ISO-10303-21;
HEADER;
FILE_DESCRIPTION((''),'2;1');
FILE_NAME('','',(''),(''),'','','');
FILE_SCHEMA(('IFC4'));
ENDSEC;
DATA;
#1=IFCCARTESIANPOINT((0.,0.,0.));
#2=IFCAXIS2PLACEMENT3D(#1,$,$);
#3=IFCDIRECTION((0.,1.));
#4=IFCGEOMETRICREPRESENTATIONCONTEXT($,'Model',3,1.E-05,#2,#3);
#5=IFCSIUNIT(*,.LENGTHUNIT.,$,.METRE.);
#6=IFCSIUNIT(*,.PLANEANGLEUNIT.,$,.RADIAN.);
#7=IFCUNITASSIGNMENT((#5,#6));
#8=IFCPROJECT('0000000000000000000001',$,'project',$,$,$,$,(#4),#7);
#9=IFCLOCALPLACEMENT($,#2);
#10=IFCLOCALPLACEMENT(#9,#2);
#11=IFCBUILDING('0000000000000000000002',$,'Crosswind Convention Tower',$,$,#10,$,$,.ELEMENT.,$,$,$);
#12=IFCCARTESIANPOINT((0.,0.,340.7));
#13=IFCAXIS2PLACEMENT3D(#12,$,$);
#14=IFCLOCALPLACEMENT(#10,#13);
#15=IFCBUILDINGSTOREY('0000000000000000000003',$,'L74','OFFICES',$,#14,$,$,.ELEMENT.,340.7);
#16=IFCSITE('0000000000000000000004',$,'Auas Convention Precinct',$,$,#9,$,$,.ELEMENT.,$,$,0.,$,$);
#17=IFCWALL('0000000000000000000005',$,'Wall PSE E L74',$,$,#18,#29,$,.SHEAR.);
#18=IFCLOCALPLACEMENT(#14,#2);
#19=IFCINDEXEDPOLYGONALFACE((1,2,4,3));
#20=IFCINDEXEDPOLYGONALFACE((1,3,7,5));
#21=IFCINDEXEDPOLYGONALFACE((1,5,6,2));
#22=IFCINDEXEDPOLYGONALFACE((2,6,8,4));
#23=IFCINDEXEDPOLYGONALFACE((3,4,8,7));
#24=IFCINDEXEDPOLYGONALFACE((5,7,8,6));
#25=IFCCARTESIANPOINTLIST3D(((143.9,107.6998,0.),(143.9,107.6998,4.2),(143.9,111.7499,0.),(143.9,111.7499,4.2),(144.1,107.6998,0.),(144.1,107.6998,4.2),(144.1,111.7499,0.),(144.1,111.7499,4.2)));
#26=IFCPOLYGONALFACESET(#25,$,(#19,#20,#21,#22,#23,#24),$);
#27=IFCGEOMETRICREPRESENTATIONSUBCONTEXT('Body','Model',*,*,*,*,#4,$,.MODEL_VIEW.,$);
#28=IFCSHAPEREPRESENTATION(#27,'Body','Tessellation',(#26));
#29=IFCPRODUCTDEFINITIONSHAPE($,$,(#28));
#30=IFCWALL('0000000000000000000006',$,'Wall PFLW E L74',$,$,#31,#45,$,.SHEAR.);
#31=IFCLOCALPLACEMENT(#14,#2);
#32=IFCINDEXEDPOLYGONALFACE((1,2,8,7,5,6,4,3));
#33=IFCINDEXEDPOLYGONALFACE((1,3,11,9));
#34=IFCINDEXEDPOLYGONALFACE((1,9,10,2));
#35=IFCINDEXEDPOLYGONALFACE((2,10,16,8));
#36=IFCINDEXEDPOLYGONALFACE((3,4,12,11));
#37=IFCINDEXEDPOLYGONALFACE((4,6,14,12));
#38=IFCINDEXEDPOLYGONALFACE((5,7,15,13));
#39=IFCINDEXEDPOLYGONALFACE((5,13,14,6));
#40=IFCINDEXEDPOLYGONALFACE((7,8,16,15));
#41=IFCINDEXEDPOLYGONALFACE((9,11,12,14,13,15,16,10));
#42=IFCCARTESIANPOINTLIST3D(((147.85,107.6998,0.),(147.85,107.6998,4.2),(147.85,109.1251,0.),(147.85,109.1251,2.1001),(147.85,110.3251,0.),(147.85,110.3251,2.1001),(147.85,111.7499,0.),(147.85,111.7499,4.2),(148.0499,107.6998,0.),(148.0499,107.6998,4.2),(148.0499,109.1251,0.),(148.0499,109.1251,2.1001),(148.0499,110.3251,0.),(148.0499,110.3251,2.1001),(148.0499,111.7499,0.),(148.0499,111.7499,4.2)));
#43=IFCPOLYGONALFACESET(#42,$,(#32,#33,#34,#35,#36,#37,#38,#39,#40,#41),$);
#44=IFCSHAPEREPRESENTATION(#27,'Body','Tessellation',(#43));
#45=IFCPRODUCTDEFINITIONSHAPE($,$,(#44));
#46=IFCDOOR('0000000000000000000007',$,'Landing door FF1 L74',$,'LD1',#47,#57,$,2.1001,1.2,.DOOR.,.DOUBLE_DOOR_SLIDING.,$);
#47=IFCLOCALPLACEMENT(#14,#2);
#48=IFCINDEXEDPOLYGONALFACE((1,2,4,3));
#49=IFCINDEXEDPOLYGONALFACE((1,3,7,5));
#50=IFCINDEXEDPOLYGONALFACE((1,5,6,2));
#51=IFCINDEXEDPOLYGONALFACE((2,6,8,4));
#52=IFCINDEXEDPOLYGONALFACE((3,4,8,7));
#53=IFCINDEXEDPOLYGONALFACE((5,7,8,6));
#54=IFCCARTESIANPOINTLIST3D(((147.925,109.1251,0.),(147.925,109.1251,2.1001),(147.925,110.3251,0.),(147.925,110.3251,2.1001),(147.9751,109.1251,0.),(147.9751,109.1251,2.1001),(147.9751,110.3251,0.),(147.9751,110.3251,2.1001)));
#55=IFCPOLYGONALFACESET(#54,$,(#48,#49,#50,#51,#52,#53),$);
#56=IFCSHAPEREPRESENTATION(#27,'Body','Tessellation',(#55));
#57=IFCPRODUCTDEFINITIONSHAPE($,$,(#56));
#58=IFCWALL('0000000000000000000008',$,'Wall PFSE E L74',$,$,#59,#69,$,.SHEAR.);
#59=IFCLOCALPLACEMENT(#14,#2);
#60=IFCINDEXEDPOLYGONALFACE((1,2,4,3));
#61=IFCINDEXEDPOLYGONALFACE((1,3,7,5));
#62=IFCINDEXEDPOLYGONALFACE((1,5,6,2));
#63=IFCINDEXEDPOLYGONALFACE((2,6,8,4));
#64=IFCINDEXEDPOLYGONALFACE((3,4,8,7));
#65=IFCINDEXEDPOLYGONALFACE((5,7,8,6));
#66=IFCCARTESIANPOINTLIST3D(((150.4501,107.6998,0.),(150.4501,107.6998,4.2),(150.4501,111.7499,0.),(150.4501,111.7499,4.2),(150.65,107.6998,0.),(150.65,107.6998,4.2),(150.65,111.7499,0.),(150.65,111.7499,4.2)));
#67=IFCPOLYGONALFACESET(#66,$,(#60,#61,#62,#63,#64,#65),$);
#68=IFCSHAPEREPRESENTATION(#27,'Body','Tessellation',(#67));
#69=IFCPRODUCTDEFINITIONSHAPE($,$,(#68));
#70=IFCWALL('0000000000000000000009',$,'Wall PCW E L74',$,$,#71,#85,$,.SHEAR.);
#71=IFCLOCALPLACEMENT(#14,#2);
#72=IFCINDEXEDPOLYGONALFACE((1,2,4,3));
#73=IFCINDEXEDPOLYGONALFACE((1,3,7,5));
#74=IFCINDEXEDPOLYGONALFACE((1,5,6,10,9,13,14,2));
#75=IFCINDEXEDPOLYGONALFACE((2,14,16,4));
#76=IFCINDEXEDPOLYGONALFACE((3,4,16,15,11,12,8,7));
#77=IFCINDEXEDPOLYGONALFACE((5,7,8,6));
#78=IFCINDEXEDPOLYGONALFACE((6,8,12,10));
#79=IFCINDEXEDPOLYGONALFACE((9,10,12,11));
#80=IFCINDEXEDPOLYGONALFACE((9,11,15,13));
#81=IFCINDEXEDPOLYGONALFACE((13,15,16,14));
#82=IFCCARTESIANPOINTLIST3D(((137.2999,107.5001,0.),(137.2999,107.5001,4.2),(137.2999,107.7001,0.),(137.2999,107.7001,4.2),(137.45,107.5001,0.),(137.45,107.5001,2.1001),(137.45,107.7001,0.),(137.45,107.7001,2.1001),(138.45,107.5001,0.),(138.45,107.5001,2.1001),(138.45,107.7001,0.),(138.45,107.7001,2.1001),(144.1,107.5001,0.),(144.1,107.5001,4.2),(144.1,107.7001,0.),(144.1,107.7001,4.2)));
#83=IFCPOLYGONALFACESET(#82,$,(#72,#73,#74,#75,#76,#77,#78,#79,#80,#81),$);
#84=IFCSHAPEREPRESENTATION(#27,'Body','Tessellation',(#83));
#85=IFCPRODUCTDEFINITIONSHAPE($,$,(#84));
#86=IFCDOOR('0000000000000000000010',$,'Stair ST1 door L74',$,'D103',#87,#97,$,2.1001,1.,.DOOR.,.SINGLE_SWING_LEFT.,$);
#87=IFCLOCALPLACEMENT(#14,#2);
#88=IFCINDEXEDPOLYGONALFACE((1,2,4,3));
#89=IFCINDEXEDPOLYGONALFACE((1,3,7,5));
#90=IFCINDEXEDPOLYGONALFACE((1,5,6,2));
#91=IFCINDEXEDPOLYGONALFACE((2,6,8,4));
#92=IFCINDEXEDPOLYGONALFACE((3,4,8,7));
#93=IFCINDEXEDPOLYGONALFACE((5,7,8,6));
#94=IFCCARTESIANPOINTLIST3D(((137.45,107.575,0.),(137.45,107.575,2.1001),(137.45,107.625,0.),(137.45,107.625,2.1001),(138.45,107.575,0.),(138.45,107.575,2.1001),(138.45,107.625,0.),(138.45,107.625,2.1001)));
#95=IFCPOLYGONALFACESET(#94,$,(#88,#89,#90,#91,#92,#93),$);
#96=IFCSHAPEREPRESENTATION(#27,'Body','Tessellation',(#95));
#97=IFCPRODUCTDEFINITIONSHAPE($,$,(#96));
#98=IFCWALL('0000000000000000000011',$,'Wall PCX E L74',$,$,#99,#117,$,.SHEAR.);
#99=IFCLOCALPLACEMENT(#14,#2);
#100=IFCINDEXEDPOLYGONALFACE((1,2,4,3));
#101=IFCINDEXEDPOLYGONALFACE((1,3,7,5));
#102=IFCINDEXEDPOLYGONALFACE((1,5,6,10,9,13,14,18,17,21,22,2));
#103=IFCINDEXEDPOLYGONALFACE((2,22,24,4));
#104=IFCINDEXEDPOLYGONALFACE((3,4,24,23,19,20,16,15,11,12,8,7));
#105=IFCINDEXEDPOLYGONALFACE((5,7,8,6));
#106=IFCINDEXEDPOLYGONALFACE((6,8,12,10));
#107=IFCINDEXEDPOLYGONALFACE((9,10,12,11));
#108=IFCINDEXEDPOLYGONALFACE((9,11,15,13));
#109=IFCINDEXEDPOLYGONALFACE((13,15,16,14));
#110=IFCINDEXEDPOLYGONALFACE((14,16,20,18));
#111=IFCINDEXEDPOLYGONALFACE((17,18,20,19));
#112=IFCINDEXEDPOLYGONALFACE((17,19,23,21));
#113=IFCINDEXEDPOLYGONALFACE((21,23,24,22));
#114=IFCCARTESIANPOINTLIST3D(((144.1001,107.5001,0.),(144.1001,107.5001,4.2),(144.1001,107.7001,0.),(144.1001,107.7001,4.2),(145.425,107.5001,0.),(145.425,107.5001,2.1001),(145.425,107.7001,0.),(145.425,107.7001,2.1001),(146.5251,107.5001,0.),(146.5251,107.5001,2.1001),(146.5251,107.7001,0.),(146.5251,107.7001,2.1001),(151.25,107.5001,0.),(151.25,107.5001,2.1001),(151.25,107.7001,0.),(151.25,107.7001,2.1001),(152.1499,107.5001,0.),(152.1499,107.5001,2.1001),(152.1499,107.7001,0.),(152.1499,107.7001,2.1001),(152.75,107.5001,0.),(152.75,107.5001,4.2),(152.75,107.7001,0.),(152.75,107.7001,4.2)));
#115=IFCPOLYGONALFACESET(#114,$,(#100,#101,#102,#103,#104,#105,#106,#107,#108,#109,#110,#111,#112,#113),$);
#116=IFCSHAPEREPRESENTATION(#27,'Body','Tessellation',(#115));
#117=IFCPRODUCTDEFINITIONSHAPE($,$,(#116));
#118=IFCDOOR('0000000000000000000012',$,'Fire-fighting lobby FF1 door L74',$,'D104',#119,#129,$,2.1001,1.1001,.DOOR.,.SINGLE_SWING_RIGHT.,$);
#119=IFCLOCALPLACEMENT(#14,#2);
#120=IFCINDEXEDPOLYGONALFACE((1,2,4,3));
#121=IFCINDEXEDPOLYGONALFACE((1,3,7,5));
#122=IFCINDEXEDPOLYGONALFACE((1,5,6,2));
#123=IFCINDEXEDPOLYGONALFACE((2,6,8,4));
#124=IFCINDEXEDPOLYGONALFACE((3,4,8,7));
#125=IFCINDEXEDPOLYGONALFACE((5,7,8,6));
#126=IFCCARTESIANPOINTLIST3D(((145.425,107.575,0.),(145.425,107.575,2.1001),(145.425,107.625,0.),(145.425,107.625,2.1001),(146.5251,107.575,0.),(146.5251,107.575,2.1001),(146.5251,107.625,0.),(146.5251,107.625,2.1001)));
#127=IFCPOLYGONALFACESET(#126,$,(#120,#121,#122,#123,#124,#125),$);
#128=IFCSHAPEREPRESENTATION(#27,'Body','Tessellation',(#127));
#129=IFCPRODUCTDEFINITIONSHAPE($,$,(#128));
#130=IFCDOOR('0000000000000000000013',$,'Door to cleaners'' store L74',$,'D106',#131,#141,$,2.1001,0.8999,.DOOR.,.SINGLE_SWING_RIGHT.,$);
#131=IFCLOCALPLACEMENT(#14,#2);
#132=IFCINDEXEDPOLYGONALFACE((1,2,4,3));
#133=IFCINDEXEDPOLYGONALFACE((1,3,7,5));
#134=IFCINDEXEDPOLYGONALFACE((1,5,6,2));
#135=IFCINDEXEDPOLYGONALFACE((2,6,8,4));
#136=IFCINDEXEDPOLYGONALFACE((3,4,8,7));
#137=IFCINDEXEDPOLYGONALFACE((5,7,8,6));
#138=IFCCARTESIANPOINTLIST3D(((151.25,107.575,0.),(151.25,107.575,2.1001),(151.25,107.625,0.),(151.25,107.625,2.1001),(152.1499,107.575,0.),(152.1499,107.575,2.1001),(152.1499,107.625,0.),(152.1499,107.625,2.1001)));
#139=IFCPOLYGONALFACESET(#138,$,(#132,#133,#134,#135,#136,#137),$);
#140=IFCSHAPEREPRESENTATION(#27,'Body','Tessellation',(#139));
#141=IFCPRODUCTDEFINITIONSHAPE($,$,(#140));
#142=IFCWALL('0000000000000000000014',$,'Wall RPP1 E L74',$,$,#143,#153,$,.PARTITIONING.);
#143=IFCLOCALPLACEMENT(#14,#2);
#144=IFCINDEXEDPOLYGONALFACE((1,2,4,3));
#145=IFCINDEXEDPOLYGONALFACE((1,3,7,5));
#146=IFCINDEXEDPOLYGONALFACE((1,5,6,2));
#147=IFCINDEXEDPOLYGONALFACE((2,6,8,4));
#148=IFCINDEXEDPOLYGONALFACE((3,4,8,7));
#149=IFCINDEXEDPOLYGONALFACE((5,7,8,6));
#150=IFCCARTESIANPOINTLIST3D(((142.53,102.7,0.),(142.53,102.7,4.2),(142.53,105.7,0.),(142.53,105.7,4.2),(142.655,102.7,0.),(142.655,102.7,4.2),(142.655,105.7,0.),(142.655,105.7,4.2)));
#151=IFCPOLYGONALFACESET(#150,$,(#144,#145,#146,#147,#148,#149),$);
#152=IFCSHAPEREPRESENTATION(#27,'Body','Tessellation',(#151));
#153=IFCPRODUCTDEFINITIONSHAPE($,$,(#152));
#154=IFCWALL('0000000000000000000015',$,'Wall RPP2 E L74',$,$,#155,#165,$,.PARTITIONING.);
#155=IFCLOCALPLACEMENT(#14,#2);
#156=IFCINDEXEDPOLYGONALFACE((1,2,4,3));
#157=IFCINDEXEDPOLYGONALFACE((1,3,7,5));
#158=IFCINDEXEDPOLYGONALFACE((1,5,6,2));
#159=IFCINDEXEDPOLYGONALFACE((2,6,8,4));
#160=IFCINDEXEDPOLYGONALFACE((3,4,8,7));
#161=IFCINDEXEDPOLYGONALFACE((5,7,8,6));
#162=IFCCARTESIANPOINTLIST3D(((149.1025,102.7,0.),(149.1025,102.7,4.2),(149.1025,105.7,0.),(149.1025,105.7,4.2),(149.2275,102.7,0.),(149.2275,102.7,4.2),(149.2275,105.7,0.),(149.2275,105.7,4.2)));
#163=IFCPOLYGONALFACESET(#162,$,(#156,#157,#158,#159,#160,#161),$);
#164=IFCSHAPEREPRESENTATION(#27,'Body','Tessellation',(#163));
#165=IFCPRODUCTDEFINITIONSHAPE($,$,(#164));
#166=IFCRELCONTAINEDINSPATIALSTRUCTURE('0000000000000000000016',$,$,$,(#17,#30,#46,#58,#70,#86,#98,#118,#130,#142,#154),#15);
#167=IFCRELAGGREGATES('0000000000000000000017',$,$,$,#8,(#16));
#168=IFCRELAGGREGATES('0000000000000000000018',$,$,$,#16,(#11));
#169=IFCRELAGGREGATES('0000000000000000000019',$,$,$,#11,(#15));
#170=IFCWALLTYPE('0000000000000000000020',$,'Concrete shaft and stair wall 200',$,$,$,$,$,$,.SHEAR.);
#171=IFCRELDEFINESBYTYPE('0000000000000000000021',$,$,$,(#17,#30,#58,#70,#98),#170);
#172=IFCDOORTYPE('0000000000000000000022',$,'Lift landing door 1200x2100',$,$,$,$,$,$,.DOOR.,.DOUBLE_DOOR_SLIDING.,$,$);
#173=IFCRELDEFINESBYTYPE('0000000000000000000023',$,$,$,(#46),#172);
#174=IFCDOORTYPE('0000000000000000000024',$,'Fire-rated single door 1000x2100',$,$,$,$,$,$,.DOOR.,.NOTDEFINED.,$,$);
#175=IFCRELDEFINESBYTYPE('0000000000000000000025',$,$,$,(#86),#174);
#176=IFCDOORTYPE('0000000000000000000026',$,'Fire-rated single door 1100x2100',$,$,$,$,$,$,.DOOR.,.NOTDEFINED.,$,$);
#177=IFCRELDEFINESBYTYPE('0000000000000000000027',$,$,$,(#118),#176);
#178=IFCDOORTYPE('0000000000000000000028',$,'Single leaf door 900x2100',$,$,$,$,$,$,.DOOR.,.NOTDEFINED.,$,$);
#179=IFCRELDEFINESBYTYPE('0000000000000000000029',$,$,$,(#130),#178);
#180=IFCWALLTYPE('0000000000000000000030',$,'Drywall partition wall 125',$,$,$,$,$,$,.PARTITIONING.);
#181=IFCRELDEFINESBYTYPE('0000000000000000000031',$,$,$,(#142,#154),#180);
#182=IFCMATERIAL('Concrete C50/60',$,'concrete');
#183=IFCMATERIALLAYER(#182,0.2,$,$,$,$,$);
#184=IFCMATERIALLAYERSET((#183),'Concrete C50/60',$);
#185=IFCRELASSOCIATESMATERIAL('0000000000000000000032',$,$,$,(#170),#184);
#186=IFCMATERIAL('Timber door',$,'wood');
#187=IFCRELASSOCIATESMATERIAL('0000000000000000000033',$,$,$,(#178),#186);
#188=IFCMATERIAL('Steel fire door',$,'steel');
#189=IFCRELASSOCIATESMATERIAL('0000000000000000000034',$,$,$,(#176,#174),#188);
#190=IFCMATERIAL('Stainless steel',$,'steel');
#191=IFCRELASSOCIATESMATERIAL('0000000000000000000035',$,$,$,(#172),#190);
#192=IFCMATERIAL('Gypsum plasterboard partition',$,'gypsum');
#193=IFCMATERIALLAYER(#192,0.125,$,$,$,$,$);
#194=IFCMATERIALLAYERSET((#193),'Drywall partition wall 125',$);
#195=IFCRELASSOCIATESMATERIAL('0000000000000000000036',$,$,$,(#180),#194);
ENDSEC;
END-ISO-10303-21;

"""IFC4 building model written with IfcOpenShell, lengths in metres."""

from ifc_helpers import new_model, si_unit, direction, frame, frame_2d, origin, place, context, subcontext, project, spatial, rectangle, extrude, material, layer, layer_set, type_object, element, fill, save


model = new_model("IFC4")

# Units and contexts
model_context = context("Model", 3, precision=1e-05, world=origin(), true_north=direction((0.0, 1.0)))
body_context = subcontext(model_context, "Body", "Model", "MODEL_VIEW")
ifc_project = project(units=[si_unit("LENGTHUNIT", "METRE"), si_unit("PLANEANGLEUNIT", "RADIAN")], contexts=[model_context])

# Site, building, storey
site_placement = place(None, origin())
site = spatial("IfcSite", under=ifc_project, at=site_placement, Name="Auas Convention Precinct", CompositionType="ELEMENT", RefElevation=0.0)
building_placement = place(site_placement, origin())
building = spatial("IfcBuilding", under=site, at=building_placement, Name="Crosswind Convention Tower", CompositionType="ELEMENT")
storey_placement = place(building_placement, frame((0.0, 0.0, 340.7)))
storey = spatial("IfcBuildingStorey", under=building, at=storey_placement, Name="L74", Description="OFFICES", CompositionType="ELEMENT", Elevation=340.7)

# Shared definitions
ifc_material_1 = material(Name="Concrete C50/60", Category="concrete")
ifc_layer_1 = layer(ifc_material_1, 0.2)
ifc_layer_set_1 = layer_set([ifc_layer_1], Name="Concrete C50/60")
wall_type_1 = type_object("IfcWallType", Name="Concrete shaft and stair wall 200", PredefinedType="SHEAR", material=ifc_layer_set_1)

# Shared definitions
ifc_material_2 = material(Name="Timber door", Category="wood")
door_type_1 = type_object("IfcDoorType", Name="Single leaf door 900x2100", OperationType="NOTDEFINED", PredefinedType="DOOR", material=ifc_material_2)

# Shared definitions
ifc_material_3 = material(Name="Steel fire door", Category="steel")
door_type_2 = type_object("IfcDoorType", Name="Fire-rated single door 1100x2100", OperationType="NOTDEFINED", PredefinedType="DOOR", material=ifc_material_3)

# Wall
wall_1_placement = place(storey_placement, frame((144.0, 107.7, 0.0), z_axis=(0.0, 0.0, 1.0), x_axis=(0.0, 1.0, 0.0)))
element("IfcWall", 1, at=wall_1_placement, inside=storey, type_object=wall_type_1, Name="Wall PSE E L74", PredefinedType="SHEAR", context=body_context, shape_type="SweptSolid", body=[
    extrude(rectangle(XDim=4.05, YDim=0.2, at=frame_2d((2.0249, 0.0))), origin(), (0.0, 0.0, 1.0), 4.2),
])

# Wall, opening, door
wall_2_placement = place(storey_placement, frame((147.95, 107.7, 0.0), z_axis=(0.0, 0.0, 1.0), x_axis=(0.0, 1.0, 0.0)))
wall_2 = element("IfcWall", 2, at=wall_2_placement, inside=storey, type_object=wall_type_1, Name="Wall PFLW E L74", PredefinedType="SHEAR", context=body_context, shape_type="SweptSolid", body=[
    extrude(rectangle(XDim=4.05, YDim=0.2, at=frame_2d((2.0249, 0.0))), origin(), (0.0, 0.0, 1.0), 4.2),
])
opening_1_placement = place(wall_2_placement, frame((1.425, 0.0, 0.0)))
opening_1 = element("IfcOpeningElement", 3, at=opening_1_placement, cuts=wall_2, PredefinedType="OPENING", context=body_context, shape_type="SweptSolid", body=[
    extrude(rectangle(XDim=1.2, YDim=2.1001, at=frame_2d((0.6001, 1.05))), frame((0.0, 0.1099, 0.0), z_axis=(0.0, -1.0, 0.0), x_axis=(1.0, 0.0, 0.0)), (0.0, 0.0, 1.0), 0.22),
])
ifc_material_4 = material(Name="Stainless steel", Category="steel")
door_type_3 = type_object("IfcDoorType", Name="Lift landing door 1200x2100", OperationType="DOUBLE_DOOR_SLIDING", PredefinedType="DOOR", material=ifc_material_4)
door_1_placement = place(opening_1_placement, origin())
door_1 = element("IfcDoor", 4, at=door_1_placement, inside=storey, type_object=door_type_3, Name="Landing door FF1 L74", ObjectType="LD1", OperationType="DOUBLE_DOOR_SLIDING", OverallHeight=2.1001, OverallWidth=1.2, PredefinedType="DOOR", context=body_context, shape_type="SweptSolid", body=[
    extrude(rectangle(XDim=1.2, YDim=2.1001, at=frame_2d((0.6001, 1.05))), frame((0.0, 0.0249, 0.0), z_axis=(0.0, -1.0, 0.0), x_axis=(1.0, 0.0, 0.0)), (0.0, 0.0, 1.0), 0.05),
])
fill(opening_1, door_1)

# Wall
wall_3_placement = place(storey_placement, frame((150.55, 107.7, 0.0), z_axis=(0.0, 0.0, 1.0), x_axis=(0.0, 1.0, 0.0)))
element("IfcWall", 5, at=wall_3_placement, inside=storey, type_object=wall_type_1, Name="Wall PFSE E L74", PredefinedType="SHEAR", context=body_context, shape_type="SweptSolid", body=[
    extrude(rectangle(XDim=4.05, YDim=0.2, at=frame_2d((2.0249, 0.0))), origin(), (0.0, 0.0, 1.0), 4.2),
])

# Wall, opening, door
wall_4_placement = place(storey_placement, frame((137.3, 107.6001, 0.0), z_axis=(0.0, 0.0, 1.0), x_axis=(1.0, 0.0, 0.0)))
wall_4 = element("IfcWall", 6, at=wall_4_placement, inside=storey, type_object=wall_type_1, Name="Wall PCW E L74", PredefinedType="SHEAR", context=body_context, shape_type="SweptSolid", body=[
    extrude(rectangle(XDim=6.8, YDim=0.2, at=frame_2d((3.3999, 0.0))), origin(), (0.0, 0.0, 1.0), 4.2),
])
opening_2_placement = place(wall_4_placement, frame((0.1499, 0.0, 0.0)))
opening_2 = element("IfcOpeningElement", 7, at=opening_2_placement, cuts=wall_4, PredefinedType="OPENING", context=body_context, shape_type="SweptSolid", body=[
    extrude(rectangle(XDim=1.0, YDim=2.1001, at=frame_2d((0.5, 1.05))), frame((0.0, 0.1099, 0.0), z_axis=(0.0, -1.0, 0.0), x_axis=(1.0, 0.0, 0.0)), (0.0, 0.0, 1.0), 0.22),
])
door_type_4 = type_object("IfcDoorType", Name="Fire-rated single door 1000x2100", OperationType="NOTDEFINED", PredefinedType="DOOR", material=ifc_material_3)
door_2_placement = place(opening_2_placement, origin())
door_2 = element("IfcDoor", 8, at=door_2_placement, inside=storey, type_object=door_type_4, Name="Stair ST1 door L74", ObjectType="D103", OperationType="SINGLE_SWING_LEFT", OverallHeight=2.1001, OverallWidth=1.0, PredefinedType="DOOR", context=body_context, shape_type="SweptSolid", body=[
    extrude(rectangle(XDim=1.0, YDim=2.1001, at=frame_2d((0.5, 1.05))), frame((0.0, 0.0249, 0.0), z_axis=(0.0, -1.0, 0.0), x_axis=(1.0, 0.0, 0.0)), (0.0, 0.0, 1.0), 0.05),
])
fill(opening_2, door_2)

# Wall, openings, doors
wall_5_placement = place(storey_placement, frame((144.1001, 107.6001, 0.0), z_axis=(0.0, 0.0, 1.0), x_axis=(1.0, 0.0, 0.0)))
wall_5 = element("IfcWall", 9, at=wall_5_placement, inside=storey, type_object=wall_type_1, Name="Wall PCX E L74", PredefinedType="SHEAR", context=body_context, shape_type="SweptSolid", body=[
    extrude(rectangle(XDim=8.6499, YDim=0.2, at=frame_2d((4.325, 0.0))), origin(), (0.0, 0.0, 1.0), 4.2),
])
opening_3_placement = place(wall_5_placement, frame((1.325, 0.0, 0.0)))
opening_3 = element("IfcOpeningElement", 10, at=opening_3_placement, cuts=wall_5, PredefinedType="OPENING", context=body_context, shape_type="SweptSolid", body=[
    extrude(rectangle(XDim=1.1001, YDim=2.1001, at=frame_2d((0.55, 1.05))), frame((0.0, 0.1099, 0.0), z_axis=(0.0, -1.0, 0.0), x_axis=(1.0, 0.0, 0.0)), (0.0, 0.0, 1.0), 0.22),
])
opening_4_placement = place(wall_5_placement, frame((7.1499, 0.0, 0.0)))
opening_4 = element("IfcOpeningElement", 11, at=opening_4_placement, cuts=wall_5, PredefinedType="OPENING", context=body_context, shape_type="SweptSolid", body=[
    extrude(rectangle(XDim=0.8999, YDim=2.1001, at=frame_2d((0.45, 1.05))), frame((0.0, 0.1099, 0.0), z_axis=(0.0, -1.0, 0.0), x_axis=(1.0, 0.0, 0.0)), (0.0, 0.0, 1.0), 0.22),
])
door_3_placement = place(opening_3_placement, origin())
door_3 = element("IfcDoor", 12, at=door_3_placement, inside=storey, type_object=door_type_2, Name="Fire-fighting lobby FF1 door L74", ObjectType="D104", OperationType="SINGLE_SWING_RIGHT", OverallHeight=2.1001, OverallWidth=1.1001, PredefinedType="DOOR", context=body_context, shape_type="SweptSolid", body=[
    extrude(rectangle(XDim=1.1001, YDim=2.1001, at=frame_2d((0.55, 1.05))), frame((0.0, 0.0249, 0.0), z_axis=(0.0, -1.0, 0.0), x_axis=(1.0, 0.0, 0.0)), (0.0, 0.0, 1.0), 0.05),
])
fill(opening_3, door_3)
door_4_placement = place(opening_4_placement, origin())
door_4 = element("IfcDoor", 13, at=door_4_placement, inside=storey, type_object=door_type_1, Name="Door to cleaners' store L74", ObjectType="D106", OperationType="SINGLE_SWING_RIGHT", OverallHeight=2.1001, OverallWidth=0.8999, PredefinedType="DOOR", context=body_context, shape_type="SweptSolid", body=[
    extrude(rectangle(XDim=0.8999, YDim=2.1001, at=frame_2d((0.45, 1.05))), frame((0.0, 0.0249, 0.0), z_axis=(0.0, -1.0, 0.0), x_axis=(1.0, 0.0, 0.0)), (0.0, 0.0, 1.0), 0.05),
])
fill(opening_4, door_4)

# Walls
ifc_material_5 = material(Name="Gypsum plasterboard partition", Category="gypsum")
ifc_layer_2 = layer(ifc_material_5, 0.125)
ifc_layer_set_2 = layer_set([ifc_layer_2], Name="Drywall partition wall 125")
wall_type_2 = type_object("IfcWallType", Name="Drywall partition wall 125", PredefinedType="PARTITIONING", material=ifc_layer_set_2)
for number, where, z_axis, x_axis, name in (
    (14, (142.5925, 102.7, 0.0), (0.0, 0.0, 1.0), (0.0, 1.0, 0.0), "Wall RPP1 E L74"),
    (15, (149.165, 102.7, 0.0), (0.0, 0.0, 1.0), (0.0, 1.0, 0.0), "Wall RPP2 E L74"),
):
    element("IfcWall", number, at=place(storey_placement, frame(where, z_axis=z_axis, x_axis=x_axis)), inside=storey, type_object=wall_type_2, Name=name, PredefinedType="PARTITIONING", context=body_context, shape_type="SweptSolid", body=[
        extrude(rectangle(XDim=3.0, YDim=0.125, at=frame_2d((1.5, 0.0))), origin(), (0.0, 0.0, 1.0), 4.2),
    ])

save(model, "model.ifc")
